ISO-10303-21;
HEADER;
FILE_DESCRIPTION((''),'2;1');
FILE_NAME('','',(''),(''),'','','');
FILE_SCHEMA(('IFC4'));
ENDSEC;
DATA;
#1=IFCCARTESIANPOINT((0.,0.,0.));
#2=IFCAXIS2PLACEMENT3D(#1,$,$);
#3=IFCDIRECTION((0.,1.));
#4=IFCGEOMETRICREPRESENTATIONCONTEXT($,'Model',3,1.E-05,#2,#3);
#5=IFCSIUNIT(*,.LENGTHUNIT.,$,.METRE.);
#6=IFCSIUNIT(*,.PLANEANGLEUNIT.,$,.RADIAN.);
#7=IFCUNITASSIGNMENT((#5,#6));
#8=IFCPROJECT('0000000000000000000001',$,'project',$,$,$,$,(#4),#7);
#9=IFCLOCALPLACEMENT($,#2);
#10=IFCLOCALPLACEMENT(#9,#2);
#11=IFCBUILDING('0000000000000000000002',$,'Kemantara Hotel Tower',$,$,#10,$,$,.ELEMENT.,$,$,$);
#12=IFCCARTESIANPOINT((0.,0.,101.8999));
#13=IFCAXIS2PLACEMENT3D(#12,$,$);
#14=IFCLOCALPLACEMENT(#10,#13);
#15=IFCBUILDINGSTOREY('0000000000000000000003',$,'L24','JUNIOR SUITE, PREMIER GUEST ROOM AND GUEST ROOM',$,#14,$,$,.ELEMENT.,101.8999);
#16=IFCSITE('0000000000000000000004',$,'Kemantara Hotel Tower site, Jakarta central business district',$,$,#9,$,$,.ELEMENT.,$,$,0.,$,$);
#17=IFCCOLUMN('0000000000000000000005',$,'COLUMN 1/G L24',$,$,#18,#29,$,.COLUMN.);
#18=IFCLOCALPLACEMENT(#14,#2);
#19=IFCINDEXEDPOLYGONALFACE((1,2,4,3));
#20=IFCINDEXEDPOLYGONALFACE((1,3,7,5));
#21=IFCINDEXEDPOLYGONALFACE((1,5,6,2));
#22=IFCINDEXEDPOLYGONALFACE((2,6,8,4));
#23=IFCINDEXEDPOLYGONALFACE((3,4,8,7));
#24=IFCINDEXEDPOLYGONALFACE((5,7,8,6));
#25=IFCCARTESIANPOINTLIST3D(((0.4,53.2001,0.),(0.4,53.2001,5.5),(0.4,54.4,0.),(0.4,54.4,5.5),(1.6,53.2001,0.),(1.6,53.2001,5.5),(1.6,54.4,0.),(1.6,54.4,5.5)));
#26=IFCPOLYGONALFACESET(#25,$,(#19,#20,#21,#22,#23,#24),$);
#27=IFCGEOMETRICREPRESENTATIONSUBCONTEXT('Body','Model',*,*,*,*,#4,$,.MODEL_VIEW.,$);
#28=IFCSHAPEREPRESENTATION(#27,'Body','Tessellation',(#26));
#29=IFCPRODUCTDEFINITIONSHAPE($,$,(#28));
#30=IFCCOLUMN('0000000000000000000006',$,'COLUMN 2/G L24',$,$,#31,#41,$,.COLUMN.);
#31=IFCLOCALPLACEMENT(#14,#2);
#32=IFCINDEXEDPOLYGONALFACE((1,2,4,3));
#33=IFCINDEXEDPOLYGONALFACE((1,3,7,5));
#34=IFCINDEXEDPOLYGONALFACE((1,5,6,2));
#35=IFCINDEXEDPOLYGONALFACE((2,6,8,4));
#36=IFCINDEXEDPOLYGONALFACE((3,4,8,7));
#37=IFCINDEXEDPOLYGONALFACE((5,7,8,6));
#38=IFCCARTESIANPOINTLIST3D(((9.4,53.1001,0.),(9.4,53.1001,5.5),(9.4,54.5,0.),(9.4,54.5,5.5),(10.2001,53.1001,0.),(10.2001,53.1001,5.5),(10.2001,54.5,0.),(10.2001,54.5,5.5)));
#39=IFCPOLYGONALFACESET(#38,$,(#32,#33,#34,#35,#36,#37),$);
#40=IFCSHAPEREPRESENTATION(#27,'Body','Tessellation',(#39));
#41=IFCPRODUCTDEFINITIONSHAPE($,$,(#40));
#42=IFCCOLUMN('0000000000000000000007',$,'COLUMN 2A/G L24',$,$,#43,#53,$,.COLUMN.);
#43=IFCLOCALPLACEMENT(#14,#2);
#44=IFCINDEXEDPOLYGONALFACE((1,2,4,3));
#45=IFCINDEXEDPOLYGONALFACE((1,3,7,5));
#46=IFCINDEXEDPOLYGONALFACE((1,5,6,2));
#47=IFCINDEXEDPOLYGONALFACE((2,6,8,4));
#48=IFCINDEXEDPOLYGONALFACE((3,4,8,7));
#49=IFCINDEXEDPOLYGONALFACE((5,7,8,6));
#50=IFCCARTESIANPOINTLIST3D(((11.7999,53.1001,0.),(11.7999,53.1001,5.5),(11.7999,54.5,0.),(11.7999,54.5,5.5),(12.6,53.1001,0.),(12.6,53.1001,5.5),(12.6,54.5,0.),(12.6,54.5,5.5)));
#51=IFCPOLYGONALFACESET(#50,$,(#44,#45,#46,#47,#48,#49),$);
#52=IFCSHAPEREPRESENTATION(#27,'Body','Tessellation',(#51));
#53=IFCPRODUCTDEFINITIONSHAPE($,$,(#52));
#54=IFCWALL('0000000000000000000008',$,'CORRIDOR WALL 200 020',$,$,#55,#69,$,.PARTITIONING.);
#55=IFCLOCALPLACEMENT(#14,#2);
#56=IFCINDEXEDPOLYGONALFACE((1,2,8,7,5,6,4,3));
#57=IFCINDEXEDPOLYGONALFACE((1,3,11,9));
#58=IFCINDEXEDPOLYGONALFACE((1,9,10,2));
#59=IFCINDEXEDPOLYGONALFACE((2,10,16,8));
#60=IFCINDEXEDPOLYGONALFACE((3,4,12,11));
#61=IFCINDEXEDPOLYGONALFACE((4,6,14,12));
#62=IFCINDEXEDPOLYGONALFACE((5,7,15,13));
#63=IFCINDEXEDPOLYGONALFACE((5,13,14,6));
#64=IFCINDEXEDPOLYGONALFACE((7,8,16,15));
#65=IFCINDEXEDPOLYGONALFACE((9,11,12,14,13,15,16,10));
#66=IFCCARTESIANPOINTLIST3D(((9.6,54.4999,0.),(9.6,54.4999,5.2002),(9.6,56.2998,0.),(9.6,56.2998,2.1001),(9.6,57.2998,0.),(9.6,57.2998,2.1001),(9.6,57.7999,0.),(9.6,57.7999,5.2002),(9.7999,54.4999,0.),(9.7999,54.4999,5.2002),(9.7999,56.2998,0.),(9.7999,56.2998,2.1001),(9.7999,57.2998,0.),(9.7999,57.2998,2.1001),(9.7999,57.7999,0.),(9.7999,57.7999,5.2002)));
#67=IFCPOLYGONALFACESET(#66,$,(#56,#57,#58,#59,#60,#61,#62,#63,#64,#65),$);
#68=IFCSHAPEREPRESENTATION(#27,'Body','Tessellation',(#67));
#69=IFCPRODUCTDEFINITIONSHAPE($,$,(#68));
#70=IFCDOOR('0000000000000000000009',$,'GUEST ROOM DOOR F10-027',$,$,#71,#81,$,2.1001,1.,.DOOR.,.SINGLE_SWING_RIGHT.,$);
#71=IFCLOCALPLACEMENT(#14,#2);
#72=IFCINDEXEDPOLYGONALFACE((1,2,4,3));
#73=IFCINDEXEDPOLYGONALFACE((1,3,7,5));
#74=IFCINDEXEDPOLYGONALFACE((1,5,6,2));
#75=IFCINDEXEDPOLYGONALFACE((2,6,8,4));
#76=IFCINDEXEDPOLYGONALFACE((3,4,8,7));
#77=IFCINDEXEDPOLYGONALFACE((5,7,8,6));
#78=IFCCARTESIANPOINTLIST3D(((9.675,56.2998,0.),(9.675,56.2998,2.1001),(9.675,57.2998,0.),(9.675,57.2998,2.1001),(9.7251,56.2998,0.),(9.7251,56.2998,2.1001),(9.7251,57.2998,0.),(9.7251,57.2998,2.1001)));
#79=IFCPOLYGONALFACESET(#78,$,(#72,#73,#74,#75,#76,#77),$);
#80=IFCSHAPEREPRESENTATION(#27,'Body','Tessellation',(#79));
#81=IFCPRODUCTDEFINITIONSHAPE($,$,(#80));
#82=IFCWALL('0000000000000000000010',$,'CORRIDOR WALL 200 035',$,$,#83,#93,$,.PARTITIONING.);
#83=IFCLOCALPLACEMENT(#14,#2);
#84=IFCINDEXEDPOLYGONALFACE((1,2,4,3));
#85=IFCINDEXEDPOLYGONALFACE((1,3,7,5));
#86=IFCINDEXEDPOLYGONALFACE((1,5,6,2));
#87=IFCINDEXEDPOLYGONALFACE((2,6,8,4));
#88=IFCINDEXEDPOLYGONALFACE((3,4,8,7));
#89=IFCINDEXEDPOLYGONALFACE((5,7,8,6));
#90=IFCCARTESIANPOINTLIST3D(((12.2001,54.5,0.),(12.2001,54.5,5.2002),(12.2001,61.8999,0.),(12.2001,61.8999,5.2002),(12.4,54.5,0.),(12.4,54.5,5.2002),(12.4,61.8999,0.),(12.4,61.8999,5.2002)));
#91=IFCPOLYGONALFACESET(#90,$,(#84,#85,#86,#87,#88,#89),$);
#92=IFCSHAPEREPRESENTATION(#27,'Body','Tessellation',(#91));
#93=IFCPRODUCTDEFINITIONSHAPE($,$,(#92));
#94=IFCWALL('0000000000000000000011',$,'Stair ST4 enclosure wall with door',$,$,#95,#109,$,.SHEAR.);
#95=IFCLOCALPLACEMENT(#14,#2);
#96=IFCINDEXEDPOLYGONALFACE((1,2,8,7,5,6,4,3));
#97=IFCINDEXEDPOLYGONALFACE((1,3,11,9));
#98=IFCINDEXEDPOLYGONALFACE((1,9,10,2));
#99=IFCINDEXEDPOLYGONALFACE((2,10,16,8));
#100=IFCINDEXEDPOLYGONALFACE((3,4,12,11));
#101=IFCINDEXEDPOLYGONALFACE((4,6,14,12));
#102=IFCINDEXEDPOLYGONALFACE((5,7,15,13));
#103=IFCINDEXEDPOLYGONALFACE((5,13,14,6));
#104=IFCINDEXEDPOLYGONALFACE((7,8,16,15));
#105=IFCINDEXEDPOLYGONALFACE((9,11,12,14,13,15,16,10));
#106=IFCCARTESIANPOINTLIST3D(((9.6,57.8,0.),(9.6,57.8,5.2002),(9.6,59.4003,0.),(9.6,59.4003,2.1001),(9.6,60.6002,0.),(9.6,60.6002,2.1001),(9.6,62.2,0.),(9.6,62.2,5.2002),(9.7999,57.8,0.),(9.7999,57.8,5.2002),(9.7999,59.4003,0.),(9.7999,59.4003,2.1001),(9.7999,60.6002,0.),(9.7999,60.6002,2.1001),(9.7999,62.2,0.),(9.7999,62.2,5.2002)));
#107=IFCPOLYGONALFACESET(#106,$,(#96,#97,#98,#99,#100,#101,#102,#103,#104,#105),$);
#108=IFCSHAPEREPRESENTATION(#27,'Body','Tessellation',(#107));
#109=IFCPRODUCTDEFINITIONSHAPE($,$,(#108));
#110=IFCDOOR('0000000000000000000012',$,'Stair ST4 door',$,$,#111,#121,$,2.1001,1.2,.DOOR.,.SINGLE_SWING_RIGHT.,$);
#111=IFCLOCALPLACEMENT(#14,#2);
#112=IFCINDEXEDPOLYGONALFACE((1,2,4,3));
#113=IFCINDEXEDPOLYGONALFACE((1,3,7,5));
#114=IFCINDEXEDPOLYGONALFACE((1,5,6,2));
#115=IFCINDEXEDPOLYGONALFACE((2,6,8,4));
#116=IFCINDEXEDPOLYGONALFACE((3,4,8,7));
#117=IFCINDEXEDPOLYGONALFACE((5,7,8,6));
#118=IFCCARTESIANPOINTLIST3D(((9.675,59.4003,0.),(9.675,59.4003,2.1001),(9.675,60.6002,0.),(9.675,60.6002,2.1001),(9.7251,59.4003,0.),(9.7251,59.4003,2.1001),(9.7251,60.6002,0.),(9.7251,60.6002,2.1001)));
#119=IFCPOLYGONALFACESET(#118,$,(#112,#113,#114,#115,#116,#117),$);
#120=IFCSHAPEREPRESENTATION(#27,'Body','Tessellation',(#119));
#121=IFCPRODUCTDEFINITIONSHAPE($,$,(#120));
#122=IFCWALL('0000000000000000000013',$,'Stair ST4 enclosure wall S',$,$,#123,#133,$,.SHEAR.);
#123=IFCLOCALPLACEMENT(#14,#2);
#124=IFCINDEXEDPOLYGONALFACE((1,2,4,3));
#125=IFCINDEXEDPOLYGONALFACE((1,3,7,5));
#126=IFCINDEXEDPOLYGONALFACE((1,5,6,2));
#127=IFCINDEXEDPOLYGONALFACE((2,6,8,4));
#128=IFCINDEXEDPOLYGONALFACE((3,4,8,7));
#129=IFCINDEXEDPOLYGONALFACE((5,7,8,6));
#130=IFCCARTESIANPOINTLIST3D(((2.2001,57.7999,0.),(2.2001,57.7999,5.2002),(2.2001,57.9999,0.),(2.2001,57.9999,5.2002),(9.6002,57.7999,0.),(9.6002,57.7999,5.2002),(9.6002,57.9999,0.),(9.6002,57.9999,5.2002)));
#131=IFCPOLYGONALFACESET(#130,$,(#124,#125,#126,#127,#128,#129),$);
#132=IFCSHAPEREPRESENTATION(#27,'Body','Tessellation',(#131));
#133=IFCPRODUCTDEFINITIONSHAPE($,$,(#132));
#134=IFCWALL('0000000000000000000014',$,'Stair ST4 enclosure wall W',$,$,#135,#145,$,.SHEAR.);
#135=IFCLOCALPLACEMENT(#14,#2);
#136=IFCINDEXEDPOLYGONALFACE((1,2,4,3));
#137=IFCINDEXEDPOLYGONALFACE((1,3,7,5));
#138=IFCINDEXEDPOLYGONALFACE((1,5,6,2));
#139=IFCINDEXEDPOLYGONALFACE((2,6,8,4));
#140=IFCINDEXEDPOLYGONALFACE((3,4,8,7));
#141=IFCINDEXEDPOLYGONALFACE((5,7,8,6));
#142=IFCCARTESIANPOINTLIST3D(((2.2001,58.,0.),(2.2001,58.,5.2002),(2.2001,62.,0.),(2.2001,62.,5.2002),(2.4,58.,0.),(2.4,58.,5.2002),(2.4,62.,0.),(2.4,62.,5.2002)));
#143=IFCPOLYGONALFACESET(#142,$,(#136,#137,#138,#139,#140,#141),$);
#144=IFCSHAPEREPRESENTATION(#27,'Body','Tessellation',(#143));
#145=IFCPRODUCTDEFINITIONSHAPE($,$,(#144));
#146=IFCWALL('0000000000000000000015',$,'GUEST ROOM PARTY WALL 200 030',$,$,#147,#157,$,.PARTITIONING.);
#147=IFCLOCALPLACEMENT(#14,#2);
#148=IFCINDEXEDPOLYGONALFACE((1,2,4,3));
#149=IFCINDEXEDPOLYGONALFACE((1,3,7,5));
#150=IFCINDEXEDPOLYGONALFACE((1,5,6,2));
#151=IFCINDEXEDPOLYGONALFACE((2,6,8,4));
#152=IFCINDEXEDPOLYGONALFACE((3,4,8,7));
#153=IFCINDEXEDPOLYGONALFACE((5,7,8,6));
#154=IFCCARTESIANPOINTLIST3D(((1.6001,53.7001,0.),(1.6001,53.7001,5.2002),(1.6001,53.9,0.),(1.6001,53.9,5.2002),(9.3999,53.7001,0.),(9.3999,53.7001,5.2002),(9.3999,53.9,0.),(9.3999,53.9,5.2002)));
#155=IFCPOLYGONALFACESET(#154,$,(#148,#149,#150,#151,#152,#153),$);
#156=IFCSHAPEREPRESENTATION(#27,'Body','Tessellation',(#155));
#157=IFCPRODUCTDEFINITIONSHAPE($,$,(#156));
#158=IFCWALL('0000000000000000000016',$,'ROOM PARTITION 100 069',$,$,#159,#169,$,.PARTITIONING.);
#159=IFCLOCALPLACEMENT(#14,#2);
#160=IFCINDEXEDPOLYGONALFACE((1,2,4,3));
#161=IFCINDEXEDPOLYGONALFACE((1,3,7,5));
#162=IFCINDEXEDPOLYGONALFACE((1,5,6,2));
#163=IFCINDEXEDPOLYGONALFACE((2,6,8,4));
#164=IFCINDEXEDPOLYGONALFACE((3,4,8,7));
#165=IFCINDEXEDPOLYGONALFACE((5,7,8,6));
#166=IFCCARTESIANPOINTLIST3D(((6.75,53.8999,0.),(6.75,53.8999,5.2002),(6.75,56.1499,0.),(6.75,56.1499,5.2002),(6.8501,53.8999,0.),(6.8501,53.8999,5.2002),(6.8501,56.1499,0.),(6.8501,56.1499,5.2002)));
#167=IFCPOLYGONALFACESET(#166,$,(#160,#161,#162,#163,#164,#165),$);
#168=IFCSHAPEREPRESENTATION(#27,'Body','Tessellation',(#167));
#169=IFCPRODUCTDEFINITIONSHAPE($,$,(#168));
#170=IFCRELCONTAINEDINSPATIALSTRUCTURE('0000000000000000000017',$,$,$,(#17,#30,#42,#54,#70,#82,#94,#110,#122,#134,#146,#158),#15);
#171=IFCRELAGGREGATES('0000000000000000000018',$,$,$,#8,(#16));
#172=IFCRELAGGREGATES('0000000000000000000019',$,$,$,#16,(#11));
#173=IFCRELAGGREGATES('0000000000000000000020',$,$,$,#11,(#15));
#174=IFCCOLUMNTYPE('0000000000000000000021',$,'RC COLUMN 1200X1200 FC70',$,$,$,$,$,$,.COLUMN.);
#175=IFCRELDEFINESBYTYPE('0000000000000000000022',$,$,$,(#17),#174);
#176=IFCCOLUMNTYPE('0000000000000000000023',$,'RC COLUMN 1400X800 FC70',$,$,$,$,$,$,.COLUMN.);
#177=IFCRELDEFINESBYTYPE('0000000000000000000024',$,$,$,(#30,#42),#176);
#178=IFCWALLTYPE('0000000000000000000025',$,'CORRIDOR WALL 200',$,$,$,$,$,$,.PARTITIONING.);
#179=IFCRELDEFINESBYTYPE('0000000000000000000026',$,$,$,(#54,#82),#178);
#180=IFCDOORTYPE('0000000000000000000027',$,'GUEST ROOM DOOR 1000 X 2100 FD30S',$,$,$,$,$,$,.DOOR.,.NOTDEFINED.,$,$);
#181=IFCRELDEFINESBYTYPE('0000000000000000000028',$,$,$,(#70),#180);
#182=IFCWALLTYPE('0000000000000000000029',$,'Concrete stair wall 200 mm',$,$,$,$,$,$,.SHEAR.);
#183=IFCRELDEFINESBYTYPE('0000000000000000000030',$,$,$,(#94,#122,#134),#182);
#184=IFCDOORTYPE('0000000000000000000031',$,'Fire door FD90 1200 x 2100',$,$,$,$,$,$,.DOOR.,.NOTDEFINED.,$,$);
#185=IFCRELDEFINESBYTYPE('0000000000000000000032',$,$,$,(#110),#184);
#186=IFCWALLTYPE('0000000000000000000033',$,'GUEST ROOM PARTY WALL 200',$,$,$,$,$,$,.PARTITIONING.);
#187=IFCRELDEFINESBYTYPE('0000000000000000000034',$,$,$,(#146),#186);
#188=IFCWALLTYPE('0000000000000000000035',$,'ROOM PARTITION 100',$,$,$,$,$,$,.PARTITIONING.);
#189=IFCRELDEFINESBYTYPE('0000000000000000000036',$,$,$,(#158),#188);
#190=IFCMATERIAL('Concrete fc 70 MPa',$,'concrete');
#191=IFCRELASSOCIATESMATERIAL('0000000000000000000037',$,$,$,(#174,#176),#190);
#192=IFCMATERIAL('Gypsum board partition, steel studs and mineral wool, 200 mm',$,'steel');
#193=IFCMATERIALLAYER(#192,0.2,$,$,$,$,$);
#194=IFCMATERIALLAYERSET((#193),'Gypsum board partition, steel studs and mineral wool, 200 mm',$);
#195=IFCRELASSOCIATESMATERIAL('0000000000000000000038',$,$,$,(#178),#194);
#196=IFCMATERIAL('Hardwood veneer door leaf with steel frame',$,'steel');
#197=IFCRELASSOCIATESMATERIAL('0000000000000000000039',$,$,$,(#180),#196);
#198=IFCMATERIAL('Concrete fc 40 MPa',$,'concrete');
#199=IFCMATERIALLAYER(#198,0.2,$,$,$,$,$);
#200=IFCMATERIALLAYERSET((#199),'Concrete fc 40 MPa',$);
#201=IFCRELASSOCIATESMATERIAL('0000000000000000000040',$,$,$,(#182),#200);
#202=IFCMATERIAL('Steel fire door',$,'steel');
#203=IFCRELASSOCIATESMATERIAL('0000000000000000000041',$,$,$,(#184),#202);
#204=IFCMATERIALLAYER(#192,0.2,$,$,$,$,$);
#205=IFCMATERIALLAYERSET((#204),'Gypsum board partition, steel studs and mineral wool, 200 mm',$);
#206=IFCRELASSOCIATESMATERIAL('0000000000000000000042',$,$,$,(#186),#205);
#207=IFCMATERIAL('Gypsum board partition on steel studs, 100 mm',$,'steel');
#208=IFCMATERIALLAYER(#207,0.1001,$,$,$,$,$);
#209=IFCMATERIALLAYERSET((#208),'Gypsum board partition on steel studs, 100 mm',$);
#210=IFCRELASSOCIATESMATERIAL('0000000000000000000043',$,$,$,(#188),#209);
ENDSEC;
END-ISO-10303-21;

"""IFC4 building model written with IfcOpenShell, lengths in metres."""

from ifc_helpers import new_model, si_unit, direction, frame, frame_2d, origin, origin_2d, place, context, subcontext, project, spatial, rectangle, extrude, material, layer, layer_set, material_profile, profile_set, type_object, element, fill, save


model = new_model("IFC4")

# Units and contexts
model_context = context("Model", 3, precision=1e-05, world=origin(), true_north=direction((0.0, 1.0)))
body_context = subcontext(model_context, "Body", "Model", "MODEL_VIEW")
ifc_project = project(units=[si_unit("LENGTHUNIT", "METRE"), si_unit("PLANEANGLEUNIT", "RADIAN")], contexts=[model_context])

# Site, building, storey
site_placement = place(None, origin())
site = spatial("IfcSite", under=ifc_project, at=site_placement, Name="Kemantara Hotel Tower site, Jakarta central business district", CompositionType="ELEMENT", RefElevation=0.0)
building_placement = place(site_placement, origin())
building = spatial("IfcBuilding", under=site, at=building_placement, Name="Kemantara Hotel Tower", CompositionType="ELEMENT")
storey_placement = place(building_placement, frame((0.0, 0.0, 101.8999)))
storey = spatial("IfcBuildingStorey", under=building, at=storey_placement, Name="L24", Description="JUNIOR SUITE, PREMIER GUEST ROOM AND GUEST ROOM", CompositionType="ELEMENT", Elevation=101.8999)

# Columns
ifc_material_1 = material(Name="Concrete fc 70 MPa", Category="concrete")
ifc_material_profile_1 = material_profile(ifc_material_1, rectangle(XDim=1.2, YDim=1.2, at=origin_2d()), Name="RC 1200X1200")
ifc_profile_set_1 = profile_set([ifc_material_profile_1], Name="Concrete fc 70 MPa")
column_type_1 = type_object("IfcColumnType", Name="RC COLUMN 1200X1200 FC70", PredefinedType="COLUMN", material=ifc_profile_set_1)
column_placement = place(storey_placement, frame((1.0, 53.8, 0.0), z_axis=(0.0, 0.0, 1.0), x_axis=(1.0, 0.0, 0.0)))
element("IfcColumn", 1, at=column_placement, inside=storey, type_object=column_type_1, Name="COLUMN 1/G L24", PredefinedType="COLUMN", context=body_context, shape_type="SweptSolid", body=[
    extrude(rectangle(XDim=1.2, YDim=1.2, at=origin_2d()), origin(), (0.0, 0.0, 1.0), 5.5),
])
ifc_material_profile_2 = material_profile(ifc_material_1, rectangle(XDim=1.3999, YDim=0.8, at=origin_2d()), Name="RC 1400X800")
ifc_profile_set_2 = profile_set([ifc_material_profile_2], Name="Concrete fc 70 MPa")
column_type_2 = type_object("IfcColumnType", Name="RC COLUMN 1400X800 FC70", PredefinedType="COLUMN", material=ifc_profile_set_2)
for number, where, z_axis, x_axis, name in (
    (2, (9.8, 53.8, 0.0), (0.0, 0.0, 1.0), (0.0, 1.0, 0.0), "COLUMN 2/G L24"),
    (3, (12.2, 53.8, 0.0), (0.0, 0.0, 1.0), (0.0, 1.0, 0.0), "COLUMN 2A/G L24"),
):
    element("IfcColumn", number, at=place(storey_placement, frame(where, z_axis=z_axis, x_axis=x_axis)), inside=storey, type_object=column_type_2, Name=name, PredefinedType="COLUMN", context=body_context, shape_type="SweptSolid", body=[
        extrude(rectangle(XDim=1.3999, YDim=0.8, at=origin_2d()), origin(), (0.0, 0.0, 1.0), 5.5),
    ])

# Wall, opening, door
ifc_material_2 = material(Name="Gypsum board partition, steel studs and mineral wool, 200 mm", Category="steel")
ifc_layer_1 = layer(ifc_material_2, 0.2)
ifc_layer_set_1 = layer_set([ifc_layer_1], Name="Gypsum board partition, steel studs and mineral wool, 200 mm")
wall_type_1 = type_object("IfcWallType", Name="CORRIDOR WALL 200", PredefinedType="PARTITIONING", material=ifc_layer_set_1)
wall_1_placement = place(storey_placement, frame((9.7, 54.5, 0.0), z_axis=(0.0, 0.0, 1.0), x_axis=(0.0, 1.0, 0.0)))
wall_1 = element("IfcWall", 4, at=wall_1_placement, inside=storey, type_object=wall_type_1, Name="CORRIDOR WALL 200 020", PredefinedType="PARTITIONING", context=body_context, shape_type="SweptSolid", body=[
    extrude(rectangle(XDim=3.3, YDim=0.2, at=frame_2d((1.6499, 0.0))), origin(), (0.0, 0.0, 1.0), 5.2002),
])
opening_1_placement = place(wall_1_placement, frame((1.7998, 0.0, 0.0)))
opening_1 = element("IfcOpeningElement", 5, at=opening_1_placement, cuts=wall_1, PredefinedType="OPENING", context=body_context, shape_type="SweptSolid", body=[
    extrude(rectangle(XDim=1.0, YDim=2.1001, at=frame_2d((0.5, 1.05))), frame((0.0, 0.1099, 0.0), z_axis=(0.0, -1.0, 0.0), x_axis=(1.0, 0.0, 0.0)), (0.0, 0.0, 1.0), 0.22),
])
ifc_material_3 = material(Name="Hardwood veneer door leaf with steel frame", Category="steel")
door_type_1 = type_object("IfcDoorType", Name="GUEST ROOM DOOR 1000 X 2100 FD30S", OperationType="NOTDEFINED", PredefinedType="DOOR", material=ifc_material_3)
door_1_placement = place(opening_1_placement, origin())
door_1 = element("IfcDoor", 6, at=door_1_placement, inside=storey, type_object=door_type_1, Name="GUEST ROOM DOOR F10-027", OperationType="SINGLE_SWING_RIGHT", OverallHeight=2.1001, OverallWidth=1.0, PredefinedType="DOOR", context=body_context, shape_type="SweptSolid", body=[
    extrude(rectangle(XDim=1.0, YDim=2.1001, at=frame_2d((0.5, 1.05))), frame((0.0, 0.0249, 0.0), z_axis=(0.0, -1.0, 0.0), x_axis=(1.0, 0.0, 0.0)), (0.0, 0.0, 1.0), 0.05),
])
fill(opening_1, door_1)

# Wall
wall_2_placement = place(storey_placement, frame((12.3, 54.5, 0.0), z_axis=(0.0, 0.0, 1.0), x_axis=(0.0, 1.0, 0.0)))
element("IfcWall", 7, at=wall_2_placement, inside=storey, type_object=wall_type_1, Name="CORRIDOR WALL 200 035", PredefinedType="PARTITIONING", context=body_context, shape_type="SweptSolid", body=[
    extrude(rectangle(XDim=7.3999, YDim=0.2, at=frame_2d((3.7, 0.0))), origin(), (0.0, 0.0, 1.0), 5.2002),
])

# Wall, opening, door
ifc_material_4 = material(Name="Concrete fc 40 MPa", Category="concrete")
ifc_layer_2 = layer(ifc_material_4, 0.2)
ifc_layer_set_2 = layer_set([ifc_layer_2], Name="Concrete fc 40 MPa")
wall_type_2 = type_object("IfcWallType", Name="Concrete stair wall 200 mm", PredefinedType="SHEAR", material=ifc_layer_set_2)
wall_3_placement = place(storey_placement, frame((9.7, 57.8, 0.0), z_axis=(0.0, 0.0, 1.0), x_axis=(0.0, 1.0, 0.0)))
wall_3 = element("IfcWall", 8, at=wall_3_placement, inside=storey, type_object=wall_type_2, Name="Stair ST4 enclosure wall with door", PredefinedType="SHEAR", context=body_context, shape_type="SweptSolid", body=[
    extrude(rectangle(XDim=4.3999, YDim=0.2, at=frame_2d((2.2, 0.0))), origin(), (0.0, 0.0, 1.0), 5.2002),
])
opening_2_placement = place(wall_3_placement, frame((1.6001, 0.0, 0.0)))
opening_2 = element("IfcOpeningElement", 9, at=opening_2_placement, cuts=wall_3, PredefinedType="OPENING", context=body_context, shape_type="SweptSolid", body=[
    extrude(rectangle(XDim=1.2, YDim=2.1001, at=frame_2d((0.6001, 1.05))), frame((0.0, 0.1099, 0.0), z_axis=(0.0, -1.0, 0.0), x_axis=(1.0, 0.0, 0.0)), (0.0, 0.0, 1.0), 0.22),
])
ifc_material_5 = material(Name="Steel fire door", Category="steel")
door_type_2 = type_object("IfcDoorType", Name="Fire door FD90 1200 x 2100", OperationType="NOTDEFINED", PredefinedType="DOOR", material=ifc_material_5)
door_2_placement = place(opening_2_placement, origin())
door_2 = element("IfcDoor", 10, at=door_2_placement, inside=storey, type_object=door_type_2, Name="Stair ST4 door", OperationType="SINGLE_SWING_RIGHT", OverallHeight=2.1001, OverallWidth=1.2, PredefinedType="DOOR", context=body_context, shape_type="SweptSolid", body=[
    extrude(rectangle(XDim=1.2, YDim=2.1001, at=frame_2d((0.6001, 1.05))), frame((0.0, 0.0249, 0.0), z_axis=(0.0, -1.0, 0.0), x_axis=(1.0, 0.0, 0.0)), (0.0, 0.0, 1.0), 0.05),
])
fill(opening_2, door_2)

# Walls
wall_4_placement = place(storey_placement, frame((2.2, 57.8999, 0.0), z_axis=(0.0, 0.0, 1.0), x_axis=(1.0, 0.0, 0.0)))
element("IfcWall", 11, at=wall_4_placement, inside=storey, type_object=wall_type_2, Name="Stair ST4 enclosure wall S", PredefinedType="SHEAR", context=body_context, shape_type="SweptSolid", body=[
    extrude(rectangle(XDim=7.4001, YDim=0.2, at=frame_2d((3.7002, 0.0))), origin(), (0.0, 0.0, 1.0), 5.2002),
])
wall_5_placement = place(storey_placement, frame((2.3, 58.0, 0.0), z_axis=(0.0, 0.0, 1.0), x_axis=(0.0, 1.0, 0.0)))
element("IfcWall", 12, at=wall_5_placement, inside=storey, type_object=wall_type_2, Name="Stair ST4 enclosure wall W", PredefinedType="SHEAR", context=body_context, shape_type="SweptSolid", body=[
    extrude(rectangle(XDim=4.0, YDim=0.2, at=frame_2d((2.0, 0.0))), origin(), (0.0, 0.0, 1.0), 5.2002),
])
ifc_layer_3 = layer(ifc_material_2, 0.2)
ifc_layer_set_3 = layer_set([ifc_layer_3], Name="Gypsum board partition, steel studs and mineral wool, 200 mm")
wall_type_3 = type_object("IfcWallType", Name="GUEST ROOM PARTY WALL 200", PredefinedType="PARTITIONING", material=ifc_layer_set_3)
wall_6_placement = place(storey_placement, frame((1.6001, 53.8, 0.0), z_axis=(0.0, 0.0, 1.0), x_axis=(1.0, 0.0, 0.0)))
element("IfcWall", 13, at=wall_6_placement, inside=storey, type_object=wall_type_3, Name="GUEST ROOM PARTY WALL 200 030", PredefinedType="PARTITIONING", context=body_context, shape_type="SweptSolid", body=[
    extrude(rectangle(XDim=7.7998, YDim=0.2, at=frame_2d((3.8999, 0.0))), origin(), (0.0, 0.0, 1.0), 5.2002),
])
ifc_material_6 = material(Name="Gypsum board partition on steel studs, 100 mm", Category="steel")
ifc_layer_4 = layer(ifc_material_6, 0.1001)
ifc_layer_set_4 = layer_set([ifc_layer_4], Name="Gypsum board partition on steel studs, 100 mm")
wall_type_4 = type_object("IfcWallType", Name="ROOM PARTITION 100", PredefinedType="PARTITIONING", material=ifc_layer_set_4)
wall_7_placement = place(storey_placement, frame((6.8, 53.8999, 0.0), z_axis=(0.0, 0.0, 1.0), x_axis=(0.0, 1.0, 0.0)))
element("IfcWall", 14, at=wall_7_placement, inside=storey, type_object=wall_type_4, Name="ROOM PARTITION 100 069", PredefinedType="PARTITIONING", context=body_context, shape_type="SweptSolid", body=[
    extrude(rectangle(XDim=2.25, YDim=0.1001, at=frame_2d((1.125, 0.0))), origin(), (0.0, 0.0, 1.0), 5.2002),
])

save(model, "model.ifc")
